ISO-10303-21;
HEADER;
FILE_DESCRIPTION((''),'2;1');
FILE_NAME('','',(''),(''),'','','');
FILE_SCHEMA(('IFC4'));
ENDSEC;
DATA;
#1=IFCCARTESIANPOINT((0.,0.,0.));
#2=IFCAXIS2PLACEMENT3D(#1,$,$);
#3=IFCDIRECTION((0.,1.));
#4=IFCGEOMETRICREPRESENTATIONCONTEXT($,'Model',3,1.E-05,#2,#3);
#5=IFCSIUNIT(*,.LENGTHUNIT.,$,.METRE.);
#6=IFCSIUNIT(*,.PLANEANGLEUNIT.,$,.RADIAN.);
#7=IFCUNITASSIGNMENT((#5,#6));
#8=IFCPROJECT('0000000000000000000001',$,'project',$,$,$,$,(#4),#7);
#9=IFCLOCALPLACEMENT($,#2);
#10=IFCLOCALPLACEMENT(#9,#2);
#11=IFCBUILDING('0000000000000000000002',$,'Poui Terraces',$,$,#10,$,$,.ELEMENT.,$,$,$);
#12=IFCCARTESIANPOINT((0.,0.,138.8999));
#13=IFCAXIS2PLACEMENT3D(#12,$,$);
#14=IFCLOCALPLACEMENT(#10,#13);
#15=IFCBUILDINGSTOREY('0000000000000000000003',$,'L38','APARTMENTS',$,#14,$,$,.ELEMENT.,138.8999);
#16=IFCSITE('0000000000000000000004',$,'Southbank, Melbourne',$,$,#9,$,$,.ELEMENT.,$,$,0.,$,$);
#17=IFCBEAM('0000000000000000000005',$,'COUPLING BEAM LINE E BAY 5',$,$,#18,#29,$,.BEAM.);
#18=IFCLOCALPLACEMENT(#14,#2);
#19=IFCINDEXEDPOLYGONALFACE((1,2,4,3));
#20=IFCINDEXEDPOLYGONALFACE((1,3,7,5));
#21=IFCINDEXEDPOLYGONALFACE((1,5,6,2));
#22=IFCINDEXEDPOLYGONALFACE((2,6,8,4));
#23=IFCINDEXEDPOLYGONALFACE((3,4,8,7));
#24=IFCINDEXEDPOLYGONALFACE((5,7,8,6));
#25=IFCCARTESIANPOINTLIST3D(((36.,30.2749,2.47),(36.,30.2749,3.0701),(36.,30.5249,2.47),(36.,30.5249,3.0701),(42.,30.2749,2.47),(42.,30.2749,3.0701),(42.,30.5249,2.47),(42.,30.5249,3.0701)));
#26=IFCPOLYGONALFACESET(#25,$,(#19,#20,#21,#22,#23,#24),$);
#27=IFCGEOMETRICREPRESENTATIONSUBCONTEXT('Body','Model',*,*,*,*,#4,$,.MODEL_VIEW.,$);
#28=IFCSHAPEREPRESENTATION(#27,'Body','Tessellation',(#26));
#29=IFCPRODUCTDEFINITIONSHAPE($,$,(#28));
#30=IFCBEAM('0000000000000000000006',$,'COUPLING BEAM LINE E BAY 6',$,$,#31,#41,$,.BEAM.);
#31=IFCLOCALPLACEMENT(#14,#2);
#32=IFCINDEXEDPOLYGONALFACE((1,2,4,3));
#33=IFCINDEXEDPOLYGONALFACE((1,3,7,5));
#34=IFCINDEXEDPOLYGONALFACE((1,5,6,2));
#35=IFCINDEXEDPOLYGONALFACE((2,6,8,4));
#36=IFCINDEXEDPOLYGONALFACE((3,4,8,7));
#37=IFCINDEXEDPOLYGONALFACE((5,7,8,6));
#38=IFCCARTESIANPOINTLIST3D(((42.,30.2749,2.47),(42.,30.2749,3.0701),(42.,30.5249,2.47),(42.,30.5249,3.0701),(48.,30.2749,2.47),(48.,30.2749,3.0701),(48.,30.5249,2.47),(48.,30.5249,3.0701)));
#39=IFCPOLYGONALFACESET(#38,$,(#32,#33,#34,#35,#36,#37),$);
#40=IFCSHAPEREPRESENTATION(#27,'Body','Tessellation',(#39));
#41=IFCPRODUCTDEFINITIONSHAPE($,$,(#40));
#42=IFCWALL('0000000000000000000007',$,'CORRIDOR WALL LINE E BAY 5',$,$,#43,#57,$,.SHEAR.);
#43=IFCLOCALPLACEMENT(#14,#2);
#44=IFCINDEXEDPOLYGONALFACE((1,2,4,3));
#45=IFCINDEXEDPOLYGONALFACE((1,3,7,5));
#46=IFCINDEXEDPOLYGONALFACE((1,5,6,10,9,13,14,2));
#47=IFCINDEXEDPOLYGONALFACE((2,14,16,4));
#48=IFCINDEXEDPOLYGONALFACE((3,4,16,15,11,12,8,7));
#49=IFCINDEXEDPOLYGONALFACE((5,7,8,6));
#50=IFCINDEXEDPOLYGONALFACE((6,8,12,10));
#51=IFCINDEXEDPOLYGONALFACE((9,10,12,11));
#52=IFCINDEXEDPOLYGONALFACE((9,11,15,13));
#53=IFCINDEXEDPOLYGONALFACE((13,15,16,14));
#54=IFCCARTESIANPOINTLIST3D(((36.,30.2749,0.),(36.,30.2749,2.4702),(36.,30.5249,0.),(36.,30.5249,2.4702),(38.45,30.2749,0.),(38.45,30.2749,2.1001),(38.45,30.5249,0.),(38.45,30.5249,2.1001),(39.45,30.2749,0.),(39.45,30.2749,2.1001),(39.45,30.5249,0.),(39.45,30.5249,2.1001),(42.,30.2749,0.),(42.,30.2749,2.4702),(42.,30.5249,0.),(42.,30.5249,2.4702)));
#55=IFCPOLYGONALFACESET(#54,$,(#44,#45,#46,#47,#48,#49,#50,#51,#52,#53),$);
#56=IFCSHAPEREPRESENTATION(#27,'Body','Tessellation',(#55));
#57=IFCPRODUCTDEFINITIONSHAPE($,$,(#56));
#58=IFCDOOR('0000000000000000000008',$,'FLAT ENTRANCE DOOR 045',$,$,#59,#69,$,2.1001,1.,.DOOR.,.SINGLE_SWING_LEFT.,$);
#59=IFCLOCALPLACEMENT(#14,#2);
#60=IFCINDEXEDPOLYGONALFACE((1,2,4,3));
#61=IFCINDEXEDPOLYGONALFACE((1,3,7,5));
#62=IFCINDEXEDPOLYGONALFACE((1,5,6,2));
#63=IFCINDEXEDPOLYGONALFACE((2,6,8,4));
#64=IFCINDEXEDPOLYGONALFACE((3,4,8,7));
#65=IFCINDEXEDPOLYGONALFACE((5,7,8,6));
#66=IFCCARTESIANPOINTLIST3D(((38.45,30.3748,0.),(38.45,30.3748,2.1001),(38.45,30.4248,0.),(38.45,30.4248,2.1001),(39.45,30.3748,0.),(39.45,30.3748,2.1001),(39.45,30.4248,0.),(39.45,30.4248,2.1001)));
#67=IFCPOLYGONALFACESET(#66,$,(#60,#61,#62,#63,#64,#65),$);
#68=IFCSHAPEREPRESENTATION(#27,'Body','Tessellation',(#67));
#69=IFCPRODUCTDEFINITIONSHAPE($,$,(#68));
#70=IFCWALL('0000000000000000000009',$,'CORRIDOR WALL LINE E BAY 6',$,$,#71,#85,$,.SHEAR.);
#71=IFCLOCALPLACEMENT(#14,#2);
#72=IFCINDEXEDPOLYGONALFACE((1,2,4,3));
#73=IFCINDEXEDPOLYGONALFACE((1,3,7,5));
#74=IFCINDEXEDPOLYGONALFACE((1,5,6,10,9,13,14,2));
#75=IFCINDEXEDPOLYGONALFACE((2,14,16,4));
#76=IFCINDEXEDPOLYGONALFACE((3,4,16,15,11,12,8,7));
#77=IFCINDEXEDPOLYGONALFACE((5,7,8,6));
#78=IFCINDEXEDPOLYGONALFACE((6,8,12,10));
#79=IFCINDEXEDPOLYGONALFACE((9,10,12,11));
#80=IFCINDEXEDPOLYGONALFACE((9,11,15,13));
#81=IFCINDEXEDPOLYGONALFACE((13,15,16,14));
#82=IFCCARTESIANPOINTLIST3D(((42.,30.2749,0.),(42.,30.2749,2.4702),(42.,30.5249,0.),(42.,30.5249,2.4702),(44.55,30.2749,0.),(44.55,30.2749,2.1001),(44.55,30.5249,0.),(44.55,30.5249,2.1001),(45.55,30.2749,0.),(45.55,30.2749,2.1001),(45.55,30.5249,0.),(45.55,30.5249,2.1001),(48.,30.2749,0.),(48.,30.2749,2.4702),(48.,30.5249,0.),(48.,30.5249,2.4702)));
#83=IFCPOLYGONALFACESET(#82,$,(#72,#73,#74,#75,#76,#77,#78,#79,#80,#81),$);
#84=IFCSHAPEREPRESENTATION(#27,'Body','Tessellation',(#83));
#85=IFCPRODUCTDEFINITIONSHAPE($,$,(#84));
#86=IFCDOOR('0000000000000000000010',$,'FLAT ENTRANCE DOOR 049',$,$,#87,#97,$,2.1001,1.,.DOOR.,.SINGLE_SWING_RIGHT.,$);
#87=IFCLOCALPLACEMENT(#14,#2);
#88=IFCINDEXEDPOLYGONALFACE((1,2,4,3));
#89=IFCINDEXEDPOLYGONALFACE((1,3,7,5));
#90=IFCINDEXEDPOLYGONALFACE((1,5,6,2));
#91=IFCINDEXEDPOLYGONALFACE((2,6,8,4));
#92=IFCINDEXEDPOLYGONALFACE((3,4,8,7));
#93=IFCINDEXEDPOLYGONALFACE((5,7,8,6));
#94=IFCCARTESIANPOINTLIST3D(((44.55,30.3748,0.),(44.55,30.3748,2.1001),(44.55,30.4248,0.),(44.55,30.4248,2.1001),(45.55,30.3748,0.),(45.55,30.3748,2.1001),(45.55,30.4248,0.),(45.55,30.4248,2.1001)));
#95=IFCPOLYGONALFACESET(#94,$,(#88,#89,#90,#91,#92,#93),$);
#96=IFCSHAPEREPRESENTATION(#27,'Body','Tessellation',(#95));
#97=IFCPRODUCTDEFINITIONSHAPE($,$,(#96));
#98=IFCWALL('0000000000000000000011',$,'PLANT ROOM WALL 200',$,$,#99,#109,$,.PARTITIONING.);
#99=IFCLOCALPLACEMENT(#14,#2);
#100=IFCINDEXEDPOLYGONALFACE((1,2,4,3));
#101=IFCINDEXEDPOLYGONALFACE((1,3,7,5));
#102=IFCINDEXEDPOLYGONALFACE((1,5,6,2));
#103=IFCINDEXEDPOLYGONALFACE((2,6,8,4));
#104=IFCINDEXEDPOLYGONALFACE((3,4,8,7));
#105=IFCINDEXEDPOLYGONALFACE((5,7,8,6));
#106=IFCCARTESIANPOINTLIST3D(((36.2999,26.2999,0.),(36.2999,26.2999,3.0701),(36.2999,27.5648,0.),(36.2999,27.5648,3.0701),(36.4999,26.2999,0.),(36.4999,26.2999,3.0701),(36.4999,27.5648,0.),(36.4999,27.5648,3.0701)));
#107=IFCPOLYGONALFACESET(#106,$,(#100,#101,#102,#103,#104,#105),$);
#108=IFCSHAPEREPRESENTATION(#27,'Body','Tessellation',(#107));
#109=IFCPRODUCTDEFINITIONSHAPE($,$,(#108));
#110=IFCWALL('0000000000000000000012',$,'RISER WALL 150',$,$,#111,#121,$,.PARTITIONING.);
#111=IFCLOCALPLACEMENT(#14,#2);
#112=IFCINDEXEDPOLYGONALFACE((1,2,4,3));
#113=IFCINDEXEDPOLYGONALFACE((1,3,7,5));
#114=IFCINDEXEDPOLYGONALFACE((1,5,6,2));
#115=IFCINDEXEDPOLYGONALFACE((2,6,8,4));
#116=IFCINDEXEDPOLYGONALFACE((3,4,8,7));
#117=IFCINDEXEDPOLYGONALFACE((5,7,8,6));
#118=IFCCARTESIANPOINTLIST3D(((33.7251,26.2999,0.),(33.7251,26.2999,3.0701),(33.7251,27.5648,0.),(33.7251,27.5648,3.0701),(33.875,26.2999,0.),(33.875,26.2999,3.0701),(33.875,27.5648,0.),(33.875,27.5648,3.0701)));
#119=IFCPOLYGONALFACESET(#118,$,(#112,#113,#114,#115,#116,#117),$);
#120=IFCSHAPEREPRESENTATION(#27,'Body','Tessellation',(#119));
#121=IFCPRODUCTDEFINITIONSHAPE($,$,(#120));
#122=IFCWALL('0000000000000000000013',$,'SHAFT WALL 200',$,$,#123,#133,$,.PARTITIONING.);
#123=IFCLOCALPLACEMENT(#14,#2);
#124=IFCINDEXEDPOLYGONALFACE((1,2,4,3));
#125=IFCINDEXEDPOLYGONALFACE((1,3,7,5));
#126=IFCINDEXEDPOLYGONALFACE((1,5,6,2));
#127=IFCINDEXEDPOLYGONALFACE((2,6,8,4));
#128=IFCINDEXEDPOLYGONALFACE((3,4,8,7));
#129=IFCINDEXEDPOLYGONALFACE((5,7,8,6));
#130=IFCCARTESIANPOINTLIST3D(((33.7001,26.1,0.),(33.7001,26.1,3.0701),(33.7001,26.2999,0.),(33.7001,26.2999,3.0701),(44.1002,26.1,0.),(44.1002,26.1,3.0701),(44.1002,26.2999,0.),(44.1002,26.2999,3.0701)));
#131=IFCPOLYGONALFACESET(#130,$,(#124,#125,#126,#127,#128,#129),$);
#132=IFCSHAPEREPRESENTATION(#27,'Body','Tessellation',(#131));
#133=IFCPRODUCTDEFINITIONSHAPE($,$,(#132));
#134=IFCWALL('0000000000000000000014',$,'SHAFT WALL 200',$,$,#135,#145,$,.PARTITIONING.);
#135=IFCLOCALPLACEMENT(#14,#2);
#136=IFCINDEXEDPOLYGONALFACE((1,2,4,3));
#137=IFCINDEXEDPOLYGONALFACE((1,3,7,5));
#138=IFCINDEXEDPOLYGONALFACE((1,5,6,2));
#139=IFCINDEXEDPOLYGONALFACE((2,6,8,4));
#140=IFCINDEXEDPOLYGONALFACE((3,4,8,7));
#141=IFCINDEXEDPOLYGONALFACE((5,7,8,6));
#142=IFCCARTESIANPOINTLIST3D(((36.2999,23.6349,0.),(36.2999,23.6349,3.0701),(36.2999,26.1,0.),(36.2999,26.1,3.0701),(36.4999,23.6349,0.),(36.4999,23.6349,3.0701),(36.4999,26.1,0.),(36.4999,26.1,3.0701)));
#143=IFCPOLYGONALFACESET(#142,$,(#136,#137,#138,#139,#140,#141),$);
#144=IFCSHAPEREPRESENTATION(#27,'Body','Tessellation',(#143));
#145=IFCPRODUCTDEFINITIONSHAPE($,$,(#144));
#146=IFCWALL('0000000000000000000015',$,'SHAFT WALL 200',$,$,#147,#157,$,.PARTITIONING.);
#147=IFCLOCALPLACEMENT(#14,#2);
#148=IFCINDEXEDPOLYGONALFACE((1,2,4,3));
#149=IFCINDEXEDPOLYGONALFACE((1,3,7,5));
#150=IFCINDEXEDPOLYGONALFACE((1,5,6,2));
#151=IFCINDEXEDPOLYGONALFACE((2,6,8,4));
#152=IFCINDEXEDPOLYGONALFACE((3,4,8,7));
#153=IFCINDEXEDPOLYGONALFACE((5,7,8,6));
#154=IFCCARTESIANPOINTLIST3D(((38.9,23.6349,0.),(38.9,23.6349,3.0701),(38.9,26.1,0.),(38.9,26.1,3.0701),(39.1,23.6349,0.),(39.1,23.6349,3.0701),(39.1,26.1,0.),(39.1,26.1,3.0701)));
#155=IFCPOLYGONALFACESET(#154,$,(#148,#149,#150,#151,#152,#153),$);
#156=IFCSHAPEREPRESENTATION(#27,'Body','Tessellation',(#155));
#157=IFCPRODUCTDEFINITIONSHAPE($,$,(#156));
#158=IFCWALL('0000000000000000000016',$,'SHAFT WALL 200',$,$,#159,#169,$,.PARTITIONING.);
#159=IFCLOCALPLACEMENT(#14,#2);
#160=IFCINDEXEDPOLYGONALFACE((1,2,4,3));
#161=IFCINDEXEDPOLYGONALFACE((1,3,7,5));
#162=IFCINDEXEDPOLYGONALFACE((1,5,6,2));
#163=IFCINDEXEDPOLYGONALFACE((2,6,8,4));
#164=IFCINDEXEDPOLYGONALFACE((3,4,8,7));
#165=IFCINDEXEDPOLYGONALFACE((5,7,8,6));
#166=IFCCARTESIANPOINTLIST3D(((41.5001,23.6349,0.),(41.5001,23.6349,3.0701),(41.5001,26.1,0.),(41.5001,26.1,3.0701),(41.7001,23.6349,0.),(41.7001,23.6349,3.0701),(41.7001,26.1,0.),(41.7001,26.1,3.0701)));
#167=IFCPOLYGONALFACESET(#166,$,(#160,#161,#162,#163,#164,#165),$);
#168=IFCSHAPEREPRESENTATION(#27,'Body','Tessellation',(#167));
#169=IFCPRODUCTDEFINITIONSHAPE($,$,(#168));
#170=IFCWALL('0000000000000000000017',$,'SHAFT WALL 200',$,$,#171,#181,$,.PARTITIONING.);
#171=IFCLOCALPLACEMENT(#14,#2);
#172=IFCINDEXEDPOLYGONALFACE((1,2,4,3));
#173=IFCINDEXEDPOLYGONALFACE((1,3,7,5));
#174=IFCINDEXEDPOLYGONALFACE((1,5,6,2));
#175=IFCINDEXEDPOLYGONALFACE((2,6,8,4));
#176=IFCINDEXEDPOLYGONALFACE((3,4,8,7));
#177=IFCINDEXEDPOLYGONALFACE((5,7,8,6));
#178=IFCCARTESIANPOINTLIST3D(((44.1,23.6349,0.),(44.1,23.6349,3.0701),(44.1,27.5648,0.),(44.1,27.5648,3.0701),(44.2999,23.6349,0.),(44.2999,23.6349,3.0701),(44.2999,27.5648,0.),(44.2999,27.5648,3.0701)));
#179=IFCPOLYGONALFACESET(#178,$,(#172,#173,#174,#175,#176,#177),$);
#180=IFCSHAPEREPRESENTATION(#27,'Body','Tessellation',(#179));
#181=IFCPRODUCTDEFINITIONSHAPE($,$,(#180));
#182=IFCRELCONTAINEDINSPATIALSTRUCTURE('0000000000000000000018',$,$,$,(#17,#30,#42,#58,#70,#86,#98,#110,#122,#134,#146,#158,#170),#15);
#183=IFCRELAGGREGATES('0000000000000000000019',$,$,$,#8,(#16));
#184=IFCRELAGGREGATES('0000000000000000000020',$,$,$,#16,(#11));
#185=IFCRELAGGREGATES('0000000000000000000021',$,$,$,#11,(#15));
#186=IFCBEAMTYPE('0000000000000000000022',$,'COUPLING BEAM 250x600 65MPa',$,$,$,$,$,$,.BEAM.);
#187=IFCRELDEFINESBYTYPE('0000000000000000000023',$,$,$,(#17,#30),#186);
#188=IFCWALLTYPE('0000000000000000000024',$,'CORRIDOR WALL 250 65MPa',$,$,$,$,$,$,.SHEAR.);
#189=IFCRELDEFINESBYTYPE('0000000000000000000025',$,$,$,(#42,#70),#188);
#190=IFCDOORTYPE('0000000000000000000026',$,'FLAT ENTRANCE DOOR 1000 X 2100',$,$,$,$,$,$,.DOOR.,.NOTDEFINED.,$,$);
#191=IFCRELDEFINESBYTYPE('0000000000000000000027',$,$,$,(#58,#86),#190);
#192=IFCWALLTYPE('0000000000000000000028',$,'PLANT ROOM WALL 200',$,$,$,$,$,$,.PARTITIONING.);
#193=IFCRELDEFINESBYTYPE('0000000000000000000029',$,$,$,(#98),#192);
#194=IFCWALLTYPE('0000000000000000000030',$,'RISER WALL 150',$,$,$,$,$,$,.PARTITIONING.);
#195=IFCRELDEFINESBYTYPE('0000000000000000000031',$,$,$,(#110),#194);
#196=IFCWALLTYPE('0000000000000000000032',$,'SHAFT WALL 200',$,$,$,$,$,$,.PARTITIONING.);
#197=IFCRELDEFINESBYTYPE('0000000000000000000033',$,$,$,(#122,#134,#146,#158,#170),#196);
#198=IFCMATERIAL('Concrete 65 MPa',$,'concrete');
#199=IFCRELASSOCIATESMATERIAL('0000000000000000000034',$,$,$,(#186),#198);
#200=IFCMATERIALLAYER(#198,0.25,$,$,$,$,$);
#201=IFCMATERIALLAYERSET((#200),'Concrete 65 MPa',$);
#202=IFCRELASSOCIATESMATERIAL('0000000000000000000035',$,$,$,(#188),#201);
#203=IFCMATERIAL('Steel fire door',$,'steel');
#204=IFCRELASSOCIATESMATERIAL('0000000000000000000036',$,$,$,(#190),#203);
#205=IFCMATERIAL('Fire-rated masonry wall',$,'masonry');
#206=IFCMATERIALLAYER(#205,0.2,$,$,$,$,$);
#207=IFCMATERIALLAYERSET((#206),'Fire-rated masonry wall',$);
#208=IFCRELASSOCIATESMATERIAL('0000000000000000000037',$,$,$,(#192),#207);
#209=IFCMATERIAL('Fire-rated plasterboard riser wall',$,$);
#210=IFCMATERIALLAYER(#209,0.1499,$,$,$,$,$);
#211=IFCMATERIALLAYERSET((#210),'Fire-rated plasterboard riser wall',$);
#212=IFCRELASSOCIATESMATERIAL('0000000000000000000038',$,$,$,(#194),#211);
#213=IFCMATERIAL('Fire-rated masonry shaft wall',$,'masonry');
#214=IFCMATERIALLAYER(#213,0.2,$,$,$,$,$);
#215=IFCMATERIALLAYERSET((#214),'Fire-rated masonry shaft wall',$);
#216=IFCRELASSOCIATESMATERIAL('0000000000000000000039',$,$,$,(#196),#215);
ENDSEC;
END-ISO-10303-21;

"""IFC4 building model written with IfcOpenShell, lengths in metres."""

from ifc_helpers import new_model, si_unit, direction, frame, frame_2d, origin, origin_2d, place, context, subcontext, project, spatial, rectangle, extrude, source, transform, mapped, material, layer, layer_set, material_profile, profile_set, type_object, element, fill, save


model = new_model("IFC4")

# Units and contexts
model_context = context("Model", 3, precision=1e-05, world=origin(), true_north=direction((0.0, 1.0)))
body_context = subcontext(model_context, "Body", "Model", "MODEL_VIEW")
ifc_project = project(units=[si_unit("LENGTHUNIT", "METRE"), si_unit("PLANEANGLEUNIT", "RADIAN")], contexts=[model_context])

# Site, building, storey
site_placement = place(None, origin())
site = spatial("IfcSite", under=ifc_project, at=site_placement, Name="Southbank, Melbourne", CompositionType="ELEMENT", RefElevation=0.0)
building_placement = place(site_placement, origin())
building = spatial("IfcBuilding", under=site, at=building_placement, Name="Poui Terraces", CompositionType="ELEMENT")
storey_placement = place(building_placement, frame((0.0, 0.0, 138.8999)))
storey = spatial("IfcBuildingStorey", under=building, at=storey_placement, Name="L38", Description="APARTMENTS", CompositionType="ELEMENT", Elevation=138.8999)

# Beams
ifc_material_1 = material(Name="Concrete 65 MPa", Category="concrete")
ifc_material_profile = material_profile(ifc_material_1, rectangle(XDim=0.25, YDim=0.6001, at=origin_2d()), Name="RC 250x600")
ifc_profile_set = profile_set([ifc_material_profile], Name="Concrete 65 MPa")
beam_type = type_object("IfcBeamType", Name="COUPLING BEAM 250x600 65MPa", PredefinedType="BEAM", material=ifc_profile_set)
shared_shape = source(origin(), body_context, "Body", "SweptSolid", [
    extrude(rectangle(XDim=0.25, YDim=0.6001, at=origin_2d()), origin(), (0.0, 0.0, 1.0), 6.0),
])
for number, where, z_axis, x_axis, name in (
    (1, (36.0, 30.3999, 2.77), (1.0, 0.0, 0.0), (0.0, 1.0, 0.0), "COUPLING BEAM LINE E BAY 5"),
    (2, (42.0, 30.3999, 2.77), (1.0, 0.0, 0.0), (0.0, 1.0, 0.0), "COUPLING BEAM LINE E BAY 6"),
):
    element("IfcBeam", number, at=place(storey_placement, frame(where, z_axis=z_axis, x_axis=x_axis)), inside=storey, type_object=beam_type, Name=name, PredefinedType="BEAM", context=body_context, shape_type="MappedRepresentation", body=[
        mapped(shared_shape, transform((0.0, 0.0, 0.0))),
    ])

# Walls, openings, doors
ifc_layer_1 = layer(ifc_material_1, 0.25)
ifc_layer_set_1 = layer_set([ifc_layer_1], Name="Concrete 65 MPa")
wall_type_1 = type_object("IfcWallType", Name="CORRIDOR WALL 250 65MPa", PredefinedType="SHEAR", material=ifc_layer_set_1)
wall_1_placement = place(storey_placement, frame((36.0, 30.3999, 0.0), z_axis=(0.0, 0.0, 1.0), x_axis=(1.0, 0.0, 0.0)))
wall_1 = element("IfcWall", 3, at=wall_1_placement, inside=storey, type_object=wall_type_1, Name="CORRIDOR WALL LINE E BAY 5", PredefinedType="SHEAR", context=body_context, shape_type="SweptSolid", body=[
    extrude(rectangle(XDim=6.0, YDim=0.25, at=frame_2d((3.0, 0.0))), origin(), (0.0, 0.0, 1.0), 2.4702),
])
opening_1_placement = place(wall_1_placement, frame((2.45, 0.0, 0.0)))
opening_1 = element("IfcOpeningElement", 4, at=opening_1_placement, cuts=wall_1, PredefinedType="OPENING", context=body_context, shape_type="SweptSolid", body=[
    extrude(rectangle(XDim=1.0, YDim=2.1001, at=frame_2d((0.5, 1.05))), frame((0.0, 0.135, 0.0), z_axis=(0.0, -1.0, 0.0), x_axis=(1.0, 0.0, 0.0)), (0.0, 0.0, 1.0), 0.27),
])
ifc_material_2 = material(Name="Steel fire door", Category="steel")
door_type = type_object("IfcDoorType", Name="FLAT ENTRANCE DOOR 1000 X 2100", OperationType="NOTDEFINED", PredefinedType="DOOR", material=ifc_material_2)
door_1_placement = place(opening_1_placement, origin())
door_1 = element("IfcDoor", 5, at=door_1_placement, inside=storey, type_object=door_type, Name="FLAT ENTRANCE DOOR 045", OperationType="SINGLE_SWING_LEFT", OverallHeight=2.1001, OverallWidth=1.0, PredefinedType="DOOR", context=body_context, shape_type="SweptSolid", body=[
    extrude(rectangle(XDim=1.0, YDim=2.1001, at=frame_2d((0.5, 1.05))), frame((0.0, 0.0249, 0.0), z_axis=(0.0, -1.0, 0.0), x_axis=(1.0, 0.0, 0.0)), (0.0, 0.0, 1.0), 0.05),
])
fill(opening_1, door_1)
wall_2_placement = place(storey_placement, frame((42.0, 30.3999, 0.0), z_axis=(0.0, 0.0, 1.0), x_axis=(1.0, 0.0, 0.0)))
wall_2 = element("IfcWall", 6, at=wall_2_placement, inside=storey, type_object=wall_type_1, Name="CORRIDOR WALL LINE E BAY 6", PredefinedType="SHEAR", context=body_context, shape_type="SweptSolid", body=[
    extrude(rectangle(XDim=6.0, YDim=0.25, at=frame_2d((3.0, 0.0))), origin(), (0.0, 0.0, 1.0), 2.4702),
])
opening_2_placement = place(wall_2_placement, frame((2.55, 0.0, 0.0)))
opening_2 = element("IfcOpeningElement", 7, at=opening_2_placement, cuts=wall_2, PredefinedType="OPENING", context=body_context, shape_type="SweptSolid", body=[
    extrude(rectangle(XDim=1.0, YDim=2.1001, at=frame_2d((0.5, 1.05))), frame((0.0, 0.135, 0.0), z_axis=(0.0, -1.0, 0.0), x_axis=(1.0, 0.0, 0.0)), (0.0, 0.0, 1.0), 0.27),
])
door_2_placement = place(opening_2_placement, origin())
door_2 = element("IfcDoor", 8, at=door_2_placement, inside=storey, type_object=door_type, Name="FLAT ENTRANCE DOOR 049", OperationType="SINGLE_SWING_RIGHT", OverallHeight=2.1001, OverallWidth=1.0, PredefinedType="DOOR", context=body_context, shape_type="SweptSolid", body=[
    extrude(rectangle(XDim=1.0, YDim=2.1001, at=frame_2d((0.5, 1.05))), frame((0.0, 0.0249, 0.0), z_axis=(0.0, -1.0, 0.0), x_axis=(1.0, 0.0, 0.0)), (0.0, 0.0, 1.0), 0.05),
])
fill(opening_2, door_2)

# Walls
ifc_material_3 = material(Name="Fire-rated masonry wall", Category="masonry")
ifc_layer_2 = layer(ifc_material_3, 0.2)
ifc_layer_set_2 = layer_set([ifc_layer_2], Name="Fire-rated masonry wall")
wall_type_2 = type_object("IfcWallType", Name="PLANT ROOM WALL 200", PredefinedType="PARTITIONING", material=ifc_layer_set_2)
wall_3_placement = place(storey_placement, frame((36.3999, 26.3, 0.0), z_axis=(0.0, 0.0, 1.0), x_axis=(0.0, 1.0, 0.0)))
element("IfcWall", 9, at=wall_3_placement, inside=storey, type_object=wall_type_2, Name="PLANT ROOM WALL 200", PredefinedType="PARTITIONING", context=body_context, shape_type="SweptSolid", body=[
    extrude(rectangle(XDim=1.2649, YDim=0.2, at=frame_2d((0.6323, 0.0))), origin(), (0.0, 0.0, 1.0), 3.0701),
])
ifc_material_4 = material(Name="Fire-rated plasterboard riser wall")
ifc_layer_3 = layer(ifc_material_4, 0.1499)
ifc_layer_set_3 = layer_set([ifc_layer_3], Name="Fire-rated plasterboard riser wall")
wall_type_3 = type_object("IfcWallType", Name="RISER WALL 150", PredefinedType="PARTITIONING", material=ifc_layer_set_3)
wall_4_placement = place(storey_placement, frame((33.8, 26.3, 0.0), z_axis=(0.0, 0.0, 1.0), x_axis=(0.0, 1.0, 0.0)))
element("IfcWall", 10, at=wall_4_placement, inside=storey, type_object=wall_type_3, Name="RISER WALL 150", PredefinedType="PARTITIONING", context=body_context, shape_type="SweptSolid", body=[
    extrude(rectangle(XDim=1.2649, YDim=0.1499, at=frame_2d((0.6323, 0.0))), origin(), (0.0, 0.0, 1.0), 3.0701),
])
ifc_material_5 = material(Name="Fire-rated masonry shaft wall", Category="masonry")
ifc_layer_4 = layer(ifc_material_5, 0.2)
ifc_layer_set_4 = layer_set([ifc_layer_4], Name="Fire-rated masonry shaft wall")
wall_type_4 = type_object("IfcWallType", Name="SHAFT WALL 200", PredefinedType="PARTITIONING", material=ifc_layer_set_4)
wall_5_placement = place(storey_placement, frame((33.7, 26.2, 0.0), z_axis=(0.0, 0.0, 1.0), x_axis=(1.0, 0.0, 0.0)))
element("IfcWall", 11, at=wall_5_placement, inside=storey, type_object=wall_type_4, Name="SHAFT WALL 200", PredefinedType="PARTITIONING", context=body_context, shape_type="SweptSolid", body=[
    extrude(rectangle(XDim=10.4001, YDim=0.2, at=frame_2d((5.2002, 0.0))), origin(), (0.0, 0.0, 1.0), 3.0701),
])
for number, where, z_axis, x_axis, name in (
    (12, (36.3999, 23.635, 0.0), (0.0, 0.0, 1.0), (0.0, 1.0, 0.0), "SHAFT WALL 200"),
    (13, (39.0, 23.635, 0.0), (0.0, 0.0, 1.0), (0.0, 1.0, 0.0), "SHAFT WALL 200"),
    (14, (41.6001, 23.635, 0.0), (0.0, 0.0, 1.0), (0.0, 1.0, 0.0), "SHAFT WALL 200"),
):
    element("IfcWall", number, at=place(storey_placement, frame(where, z_axis=z_axis, x_axis=x_axis)), inside=storey, type_object=wall_type_4, Name=name, PredefinedType="PARTITIONING", context=body_context, shape_type="SweptSolid", body=[
        extrude(rectangle(XDim=2.4651, YDim=0.2, at=frame_2d((1.2324, 0.0))), origin(), (0.0, 0.0, 1.0), 3.0701),
    ])
wall_6_placement = place(storey_placement, frame((44.2, 23.635, 0.0), z_axis=(0.0, 0.0, 1.0), x_axis=(0.0, 1.0, 0.0)))
element("IfcWall", 15, at=wall_6_placement, inside=storey, type_object=wall_type_4, Name="SHAFT WALL 200", PredefinedType="PARTITIONING", context=body_context, shape_type="SweptSolid", body=[
    extrude(rectangle(XDim=3.9299, YDim=0.2, at=frame_2d((1.9648, 0.0))), origin(), (0.0, 0.0, 1.0), 3.0701),
])

save(model, "model.ifc")
